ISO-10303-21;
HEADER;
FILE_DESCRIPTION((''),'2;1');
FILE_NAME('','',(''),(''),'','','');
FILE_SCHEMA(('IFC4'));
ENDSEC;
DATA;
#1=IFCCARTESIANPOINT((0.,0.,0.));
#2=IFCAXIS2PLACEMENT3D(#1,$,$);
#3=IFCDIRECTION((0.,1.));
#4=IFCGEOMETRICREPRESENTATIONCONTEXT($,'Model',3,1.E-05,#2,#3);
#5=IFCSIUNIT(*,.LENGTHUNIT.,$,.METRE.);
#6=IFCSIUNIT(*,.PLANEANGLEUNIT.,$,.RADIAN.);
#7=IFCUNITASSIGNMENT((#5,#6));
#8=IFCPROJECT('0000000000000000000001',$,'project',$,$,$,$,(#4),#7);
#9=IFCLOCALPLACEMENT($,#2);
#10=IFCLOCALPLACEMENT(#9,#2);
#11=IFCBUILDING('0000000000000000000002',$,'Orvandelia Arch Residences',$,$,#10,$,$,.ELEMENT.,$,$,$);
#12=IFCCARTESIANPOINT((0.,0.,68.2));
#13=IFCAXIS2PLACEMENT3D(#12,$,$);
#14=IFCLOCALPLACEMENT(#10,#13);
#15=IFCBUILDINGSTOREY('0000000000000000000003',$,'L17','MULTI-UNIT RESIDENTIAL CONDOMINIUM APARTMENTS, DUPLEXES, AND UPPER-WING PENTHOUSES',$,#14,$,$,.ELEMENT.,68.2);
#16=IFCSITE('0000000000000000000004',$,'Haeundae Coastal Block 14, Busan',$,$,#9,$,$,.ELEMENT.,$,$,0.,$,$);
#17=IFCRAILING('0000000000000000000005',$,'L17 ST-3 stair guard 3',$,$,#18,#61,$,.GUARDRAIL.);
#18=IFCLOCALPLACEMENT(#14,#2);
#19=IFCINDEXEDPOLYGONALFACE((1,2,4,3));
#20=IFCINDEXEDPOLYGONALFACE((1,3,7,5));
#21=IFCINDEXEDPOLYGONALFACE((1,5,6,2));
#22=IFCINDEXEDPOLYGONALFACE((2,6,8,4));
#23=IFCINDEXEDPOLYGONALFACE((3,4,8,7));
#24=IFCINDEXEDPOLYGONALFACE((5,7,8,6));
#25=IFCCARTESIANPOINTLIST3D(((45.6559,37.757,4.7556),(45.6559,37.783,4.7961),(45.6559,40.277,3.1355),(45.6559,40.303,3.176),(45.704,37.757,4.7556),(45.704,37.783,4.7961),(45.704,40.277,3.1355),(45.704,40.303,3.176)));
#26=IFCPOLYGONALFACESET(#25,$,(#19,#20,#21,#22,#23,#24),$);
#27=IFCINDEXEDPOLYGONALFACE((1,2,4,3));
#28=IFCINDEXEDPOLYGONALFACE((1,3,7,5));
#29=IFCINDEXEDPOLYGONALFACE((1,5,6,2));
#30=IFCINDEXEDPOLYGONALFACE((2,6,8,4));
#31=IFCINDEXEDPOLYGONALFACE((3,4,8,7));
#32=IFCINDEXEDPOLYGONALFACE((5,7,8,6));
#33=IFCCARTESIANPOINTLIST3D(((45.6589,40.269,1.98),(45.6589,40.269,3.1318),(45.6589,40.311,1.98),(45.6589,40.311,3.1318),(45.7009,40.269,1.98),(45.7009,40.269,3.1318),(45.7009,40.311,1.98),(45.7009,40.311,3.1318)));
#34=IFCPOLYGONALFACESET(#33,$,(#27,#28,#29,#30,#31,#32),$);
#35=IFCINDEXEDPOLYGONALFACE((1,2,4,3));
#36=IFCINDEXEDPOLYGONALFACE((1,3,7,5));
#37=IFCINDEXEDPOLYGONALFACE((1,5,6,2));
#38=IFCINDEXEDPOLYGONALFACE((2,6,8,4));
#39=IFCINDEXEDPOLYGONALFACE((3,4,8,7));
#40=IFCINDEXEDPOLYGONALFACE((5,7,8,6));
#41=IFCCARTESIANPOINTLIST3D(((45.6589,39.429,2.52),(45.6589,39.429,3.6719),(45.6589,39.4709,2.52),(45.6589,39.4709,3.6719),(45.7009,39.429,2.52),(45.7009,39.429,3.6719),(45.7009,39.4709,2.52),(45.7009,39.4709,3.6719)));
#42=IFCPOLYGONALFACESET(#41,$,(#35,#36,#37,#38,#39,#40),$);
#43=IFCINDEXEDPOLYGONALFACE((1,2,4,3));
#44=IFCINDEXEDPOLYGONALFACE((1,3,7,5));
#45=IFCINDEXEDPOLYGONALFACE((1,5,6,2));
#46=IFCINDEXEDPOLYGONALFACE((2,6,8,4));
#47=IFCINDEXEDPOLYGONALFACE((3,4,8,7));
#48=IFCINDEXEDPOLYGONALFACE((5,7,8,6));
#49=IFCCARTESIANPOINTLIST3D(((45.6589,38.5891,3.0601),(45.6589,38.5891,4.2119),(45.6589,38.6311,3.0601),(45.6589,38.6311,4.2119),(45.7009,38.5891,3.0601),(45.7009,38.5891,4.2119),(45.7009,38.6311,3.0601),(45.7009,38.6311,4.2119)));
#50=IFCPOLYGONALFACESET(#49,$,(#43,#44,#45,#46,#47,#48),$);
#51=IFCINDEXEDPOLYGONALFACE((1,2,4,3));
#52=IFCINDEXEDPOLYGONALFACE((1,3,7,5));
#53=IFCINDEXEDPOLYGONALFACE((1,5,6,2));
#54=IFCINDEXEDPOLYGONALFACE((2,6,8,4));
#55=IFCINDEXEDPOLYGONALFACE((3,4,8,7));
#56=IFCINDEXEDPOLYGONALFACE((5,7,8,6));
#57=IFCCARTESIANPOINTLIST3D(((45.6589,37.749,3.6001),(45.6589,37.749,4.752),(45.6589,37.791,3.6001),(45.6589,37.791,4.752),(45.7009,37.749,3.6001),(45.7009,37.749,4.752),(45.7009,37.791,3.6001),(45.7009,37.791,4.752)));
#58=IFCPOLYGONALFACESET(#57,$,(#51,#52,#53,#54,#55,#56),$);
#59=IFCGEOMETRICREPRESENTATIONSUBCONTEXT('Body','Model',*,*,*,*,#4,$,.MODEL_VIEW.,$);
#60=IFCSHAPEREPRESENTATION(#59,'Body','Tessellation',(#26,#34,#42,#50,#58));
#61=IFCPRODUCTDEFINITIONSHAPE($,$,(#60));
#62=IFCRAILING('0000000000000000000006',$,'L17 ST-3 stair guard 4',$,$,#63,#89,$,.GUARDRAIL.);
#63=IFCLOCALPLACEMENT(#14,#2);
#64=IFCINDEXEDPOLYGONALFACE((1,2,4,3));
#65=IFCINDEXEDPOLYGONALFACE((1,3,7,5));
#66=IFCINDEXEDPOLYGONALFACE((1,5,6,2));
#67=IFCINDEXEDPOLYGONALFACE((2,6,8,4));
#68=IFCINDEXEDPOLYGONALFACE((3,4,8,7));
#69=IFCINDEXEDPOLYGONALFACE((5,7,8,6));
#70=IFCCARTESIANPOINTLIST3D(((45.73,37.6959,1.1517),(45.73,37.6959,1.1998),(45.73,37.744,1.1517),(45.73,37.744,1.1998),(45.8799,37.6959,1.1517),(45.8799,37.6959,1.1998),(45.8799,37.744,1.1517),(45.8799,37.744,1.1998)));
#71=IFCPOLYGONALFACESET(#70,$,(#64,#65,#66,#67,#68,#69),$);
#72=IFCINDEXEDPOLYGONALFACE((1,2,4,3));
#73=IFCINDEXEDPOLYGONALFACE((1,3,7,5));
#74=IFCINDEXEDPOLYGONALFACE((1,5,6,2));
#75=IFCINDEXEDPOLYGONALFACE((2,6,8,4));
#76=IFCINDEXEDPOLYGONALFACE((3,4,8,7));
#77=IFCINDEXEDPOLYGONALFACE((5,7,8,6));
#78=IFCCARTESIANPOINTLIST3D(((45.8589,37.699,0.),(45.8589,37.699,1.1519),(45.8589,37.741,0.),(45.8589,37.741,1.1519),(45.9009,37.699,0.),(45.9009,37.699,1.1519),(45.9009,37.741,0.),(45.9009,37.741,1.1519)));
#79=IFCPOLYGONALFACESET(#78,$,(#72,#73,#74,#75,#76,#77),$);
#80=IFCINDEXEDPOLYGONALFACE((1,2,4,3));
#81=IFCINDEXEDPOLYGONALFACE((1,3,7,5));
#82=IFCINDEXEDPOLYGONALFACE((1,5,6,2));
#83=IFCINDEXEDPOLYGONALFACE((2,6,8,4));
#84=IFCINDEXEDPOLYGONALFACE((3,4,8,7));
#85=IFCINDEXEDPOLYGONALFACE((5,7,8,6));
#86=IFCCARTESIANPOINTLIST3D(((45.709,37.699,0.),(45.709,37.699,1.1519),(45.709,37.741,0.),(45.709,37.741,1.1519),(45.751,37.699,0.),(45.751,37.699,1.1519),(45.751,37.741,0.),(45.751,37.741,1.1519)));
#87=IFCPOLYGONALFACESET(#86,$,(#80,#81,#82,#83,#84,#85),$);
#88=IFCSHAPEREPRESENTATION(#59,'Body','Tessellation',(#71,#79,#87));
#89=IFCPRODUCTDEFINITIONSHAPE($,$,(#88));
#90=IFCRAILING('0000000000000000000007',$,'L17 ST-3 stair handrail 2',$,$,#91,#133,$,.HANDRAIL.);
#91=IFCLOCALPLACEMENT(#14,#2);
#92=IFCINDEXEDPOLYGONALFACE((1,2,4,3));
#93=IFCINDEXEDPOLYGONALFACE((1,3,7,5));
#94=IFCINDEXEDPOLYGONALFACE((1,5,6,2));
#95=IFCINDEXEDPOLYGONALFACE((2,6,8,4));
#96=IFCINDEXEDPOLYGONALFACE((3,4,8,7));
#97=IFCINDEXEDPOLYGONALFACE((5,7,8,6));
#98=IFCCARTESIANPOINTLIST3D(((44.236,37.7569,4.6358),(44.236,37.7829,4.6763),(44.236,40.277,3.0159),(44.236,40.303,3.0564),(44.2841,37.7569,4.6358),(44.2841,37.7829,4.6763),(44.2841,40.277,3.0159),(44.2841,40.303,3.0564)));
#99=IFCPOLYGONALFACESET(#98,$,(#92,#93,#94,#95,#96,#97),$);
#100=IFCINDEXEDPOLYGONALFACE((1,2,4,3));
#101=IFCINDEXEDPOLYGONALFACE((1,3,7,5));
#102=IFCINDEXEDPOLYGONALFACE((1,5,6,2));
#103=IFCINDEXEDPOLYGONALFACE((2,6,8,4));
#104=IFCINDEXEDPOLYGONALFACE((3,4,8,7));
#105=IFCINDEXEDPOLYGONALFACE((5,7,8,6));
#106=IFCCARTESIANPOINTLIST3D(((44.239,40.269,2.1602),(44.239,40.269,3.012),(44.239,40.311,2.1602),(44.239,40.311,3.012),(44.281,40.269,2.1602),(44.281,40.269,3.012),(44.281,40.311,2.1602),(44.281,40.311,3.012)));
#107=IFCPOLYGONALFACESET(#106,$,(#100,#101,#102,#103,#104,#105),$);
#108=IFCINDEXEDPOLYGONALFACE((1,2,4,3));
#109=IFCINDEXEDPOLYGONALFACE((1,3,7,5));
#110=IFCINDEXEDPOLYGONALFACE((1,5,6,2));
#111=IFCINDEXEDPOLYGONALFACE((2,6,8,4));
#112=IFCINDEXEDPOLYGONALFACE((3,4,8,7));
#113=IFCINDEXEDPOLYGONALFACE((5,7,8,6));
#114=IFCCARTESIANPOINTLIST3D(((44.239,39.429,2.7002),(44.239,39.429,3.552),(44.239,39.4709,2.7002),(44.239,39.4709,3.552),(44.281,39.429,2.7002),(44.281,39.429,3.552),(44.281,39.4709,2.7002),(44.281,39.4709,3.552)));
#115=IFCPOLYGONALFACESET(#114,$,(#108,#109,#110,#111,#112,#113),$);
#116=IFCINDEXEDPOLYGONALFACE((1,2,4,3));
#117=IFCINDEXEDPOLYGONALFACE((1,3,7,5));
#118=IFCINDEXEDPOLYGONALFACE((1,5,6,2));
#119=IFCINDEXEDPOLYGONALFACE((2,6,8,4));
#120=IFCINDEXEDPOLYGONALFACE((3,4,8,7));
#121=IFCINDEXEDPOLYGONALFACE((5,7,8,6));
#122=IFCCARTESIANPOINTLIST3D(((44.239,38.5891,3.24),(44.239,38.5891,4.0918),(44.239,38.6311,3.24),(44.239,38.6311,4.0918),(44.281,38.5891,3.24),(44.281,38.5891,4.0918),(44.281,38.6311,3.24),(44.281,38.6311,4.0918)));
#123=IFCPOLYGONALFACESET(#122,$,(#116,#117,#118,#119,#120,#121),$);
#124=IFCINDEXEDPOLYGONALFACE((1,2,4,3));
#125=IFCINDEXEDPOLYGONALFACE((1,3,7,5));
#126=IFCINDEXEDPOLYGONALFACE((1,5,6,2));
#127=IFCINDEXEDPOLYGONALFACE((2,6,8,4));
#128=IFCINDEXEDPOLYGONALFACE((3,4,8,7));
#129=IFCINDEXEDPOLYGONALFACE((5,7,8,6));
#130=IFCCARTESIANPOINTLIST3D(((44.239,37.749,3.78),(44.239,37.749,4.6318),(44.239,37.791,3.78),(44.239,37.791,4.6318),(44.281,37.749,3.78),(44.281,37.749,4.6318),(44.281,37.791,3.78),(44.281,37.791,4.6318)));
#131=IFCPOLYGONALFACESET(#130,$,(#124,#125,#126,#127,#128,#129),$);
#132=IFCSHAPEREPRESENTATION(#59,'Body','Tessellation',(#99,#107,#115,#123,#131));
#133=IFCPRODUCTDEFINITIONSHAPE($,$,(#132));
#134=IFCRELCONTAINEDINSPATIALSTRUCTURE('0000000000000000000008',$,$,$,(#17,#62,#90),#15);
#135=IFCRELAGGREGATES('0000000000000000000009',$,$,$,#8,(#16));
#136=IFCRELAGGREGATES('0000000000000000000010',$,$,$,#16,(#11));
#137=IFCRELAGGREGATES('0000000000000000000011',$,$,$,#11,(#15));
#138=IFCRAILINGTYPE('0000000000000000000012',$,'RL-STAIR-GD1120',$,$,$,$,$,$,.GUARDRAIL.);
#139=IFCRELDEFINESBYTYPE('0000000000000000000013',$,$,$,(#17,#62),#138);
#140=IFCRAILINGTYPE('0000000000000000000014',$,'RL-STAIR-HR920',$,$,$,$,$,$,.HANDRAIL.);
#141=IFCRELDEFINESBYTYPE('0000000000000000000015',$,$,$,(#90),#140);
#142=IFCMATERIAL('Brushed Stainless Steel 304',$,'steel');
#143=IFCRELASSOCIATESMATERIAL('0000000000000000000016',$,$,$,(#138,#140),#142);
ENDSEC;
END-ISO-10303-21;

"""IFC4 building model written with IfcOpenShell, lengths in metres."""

from ifc_helpers import new_model, si_unit, direction, frame, origin, origin_2d, place, context, subcontext, project, spatial, rectangle, extrude, material, type_object, element, save


model = new_model("IFC4")

# Units and contexts
model_context = context("Model", 3, precision=1e-05, world=origin(), true_north=direction((0.0, 1.0)))
body_context = subcontext(model_context, "Body", "Model", "MODEL_VIEW")
ifc_project = project(units=[si_unit("LENGTHUNIT", "METRE"), si_unit("PLANEANGLEUNIT", "RADIAN")], contexts=[model_context])

# Site, building, storey
site_placement = place(None, origin())
site = spatial("IfcSite", under=ifc_project, at=site_placement, Name="Haeundae Coastal Block 14, Busan", CompositionType="ELEMENT", RefElevation=0.0)
building_placement = place(site_placement, origin())
building = spatial("IfcBuilding", under=site, at=building_placement, Name="Orvandelia Arch Residences", CompositionType="ELEMENT")
storey_placement = place(building_placement, frame((0.0, 0.0, 68.2)))
storey = spatial("IfcBuildingStorey", under=building, at=storey_placement, Name="L17", Description="MULTI-UNIT RESIDENTIAL CONDOMINIUM APARTMENTS, DUPLEXES, AND UPPER-WING PENTHOUSES", CompositionType="ELEMENT", Elevation=68.2)

# Railings
ifc_material_1 = material(Name="Brushed Stainless Steel 304", Category="steel")
railing_type_1 = type_object("IfcRailingType", Name="RL-STAIR-GD1120", PredefinedType="GUARDRAIL", material=ifc_material_1)
railing_1_placement = place(storey_placement, frame((45.6799, 40.29, 1.98)))
element("IfcRailing", 1, at=railing_1_placement, inside=storey, type_object=railing_type_1, Name="L17 ST-3 stair guard 3", PredefinedType="GUARDRAIL", context=body_context, shape_type="SweptSolid", body=[
    extrude(rectangle(XDim=0.0481, YDim=0.0481, at=origin_2d()), frame((0.0, 0.0, 1.1758), z_axis=(0.0, -0.841163, 0.540782), x_axis=(1.0, 0.0, 0.0)), (0.0, 0.0, 1.0), 2.9958),
    extrude(rectangle(XDim=0.042, YDim=0.042, at=origin_2d()), origin(), (0.0, 0.0, 1.0), 1.1519),
    extrude(rectangle(XDim=0.042, YDim=0.042, at=origin_2d()), frame((0.0, -0.8401, 0.54)), (0.0, 0.0, 1.0), 1.1519),
    extrude(rectangle(XDim=0.042, YDim=0.042, at=origin_2d()), frame((0.0, -1.6799, 1.0801)), (0.0, 0.0, 1.0), 1.1519),
    extrude(rectangle(XDim=0.042, YDim=0.042, at=origin_2d()), frame((0.0, -2.52, 1.6201)), (0.0, 0.0, 1.0), 1.1519),
])
railing_2_placement = place(storey_placement, frame((45.8799, 37.72, 0.0)))
element("IfcRailing", 2, at=railing_2_placement, inside=storey, type_object=railing_type_1, Name="L17 ST-3 stair guard 4", PredefinedType="GUARDRAIL", context=body_context, shape_type="SweptSolid", body=[
    extrude(rectangle(XDim=0.0481, YDim=0.0481, at=origin_2d()), frame((0.0, 0.0, 1.1758), z_axis=(-1.0, 0.0, 0.0), x_axis=(0.0, -1.0, 0.0)), (0.0, 0.0, 1.0), 0.1499),
    extrude(rectangle(XDim=0.042, YDim=0.042, at=origin_2d()), origin(), (0.0, 0.0, 1.0), 1.1519),
    extrude(rectangle(XDim=0.042, YDim=0.042, at=origin_2d()), frame((-0.1499, 0.0, 0.0)), (0.0, 0.0, 1.0), 1.1519),
])
railing_type_2 = type_object("IfcRailingType", Name="RL-STAIR-HR920", PredefinedType="HANDRAIL", material=ifc_material_1)
railing_3_placement = place(storey_placement, frame((44.26, 40.29, 2.1602)))
element("IfcRailing", 3, at=railing_3_placement, inside=storey, type_object=railing_type_2, Name="L17 ST-3 stair handrail 2", PredefinedType="HANDRAIL", context=body_context, shape_type="SweptSolid", body=[
    extrude(rectangle(XDim=0.0481, YDim=0.0481, at=origin_2d()), frame((0.0, 0.0, 0.876), z_axis=(0.0, -0.8412, 0.540725), x_axis=(1.0, 0.0, 0.0)), (0.0, 0.0, 1.0), 2.9958),
    extrude(rectangle(XDim=0.042, YDim=0.042, at=origin_2d()), origin(), (0.0, 0.0, 1.0), 0.8518),
    extrude(rectangle(XDim=0.042, YDim=0.042, at=origin_2d()), frame((0.0, -0.8401, 0.54)), (0.0, 0.0, 1.0), 0.8518),
    extrude(rectangle(XDim=0.042, YDim=0.042, at=origin_2d()), frame((0.0, -1.6799, 1.0798)), (0.0, 0.0, 1.0), 0.8518),
    extrude(rectangle(XDim=0.042, YDim=0.042, at=origin_2d()), frame((0.0, -2.52, 1.6199)), (0.0, 0.0, 1.0), 0.8518),
])

save(model, "model.ifc")
